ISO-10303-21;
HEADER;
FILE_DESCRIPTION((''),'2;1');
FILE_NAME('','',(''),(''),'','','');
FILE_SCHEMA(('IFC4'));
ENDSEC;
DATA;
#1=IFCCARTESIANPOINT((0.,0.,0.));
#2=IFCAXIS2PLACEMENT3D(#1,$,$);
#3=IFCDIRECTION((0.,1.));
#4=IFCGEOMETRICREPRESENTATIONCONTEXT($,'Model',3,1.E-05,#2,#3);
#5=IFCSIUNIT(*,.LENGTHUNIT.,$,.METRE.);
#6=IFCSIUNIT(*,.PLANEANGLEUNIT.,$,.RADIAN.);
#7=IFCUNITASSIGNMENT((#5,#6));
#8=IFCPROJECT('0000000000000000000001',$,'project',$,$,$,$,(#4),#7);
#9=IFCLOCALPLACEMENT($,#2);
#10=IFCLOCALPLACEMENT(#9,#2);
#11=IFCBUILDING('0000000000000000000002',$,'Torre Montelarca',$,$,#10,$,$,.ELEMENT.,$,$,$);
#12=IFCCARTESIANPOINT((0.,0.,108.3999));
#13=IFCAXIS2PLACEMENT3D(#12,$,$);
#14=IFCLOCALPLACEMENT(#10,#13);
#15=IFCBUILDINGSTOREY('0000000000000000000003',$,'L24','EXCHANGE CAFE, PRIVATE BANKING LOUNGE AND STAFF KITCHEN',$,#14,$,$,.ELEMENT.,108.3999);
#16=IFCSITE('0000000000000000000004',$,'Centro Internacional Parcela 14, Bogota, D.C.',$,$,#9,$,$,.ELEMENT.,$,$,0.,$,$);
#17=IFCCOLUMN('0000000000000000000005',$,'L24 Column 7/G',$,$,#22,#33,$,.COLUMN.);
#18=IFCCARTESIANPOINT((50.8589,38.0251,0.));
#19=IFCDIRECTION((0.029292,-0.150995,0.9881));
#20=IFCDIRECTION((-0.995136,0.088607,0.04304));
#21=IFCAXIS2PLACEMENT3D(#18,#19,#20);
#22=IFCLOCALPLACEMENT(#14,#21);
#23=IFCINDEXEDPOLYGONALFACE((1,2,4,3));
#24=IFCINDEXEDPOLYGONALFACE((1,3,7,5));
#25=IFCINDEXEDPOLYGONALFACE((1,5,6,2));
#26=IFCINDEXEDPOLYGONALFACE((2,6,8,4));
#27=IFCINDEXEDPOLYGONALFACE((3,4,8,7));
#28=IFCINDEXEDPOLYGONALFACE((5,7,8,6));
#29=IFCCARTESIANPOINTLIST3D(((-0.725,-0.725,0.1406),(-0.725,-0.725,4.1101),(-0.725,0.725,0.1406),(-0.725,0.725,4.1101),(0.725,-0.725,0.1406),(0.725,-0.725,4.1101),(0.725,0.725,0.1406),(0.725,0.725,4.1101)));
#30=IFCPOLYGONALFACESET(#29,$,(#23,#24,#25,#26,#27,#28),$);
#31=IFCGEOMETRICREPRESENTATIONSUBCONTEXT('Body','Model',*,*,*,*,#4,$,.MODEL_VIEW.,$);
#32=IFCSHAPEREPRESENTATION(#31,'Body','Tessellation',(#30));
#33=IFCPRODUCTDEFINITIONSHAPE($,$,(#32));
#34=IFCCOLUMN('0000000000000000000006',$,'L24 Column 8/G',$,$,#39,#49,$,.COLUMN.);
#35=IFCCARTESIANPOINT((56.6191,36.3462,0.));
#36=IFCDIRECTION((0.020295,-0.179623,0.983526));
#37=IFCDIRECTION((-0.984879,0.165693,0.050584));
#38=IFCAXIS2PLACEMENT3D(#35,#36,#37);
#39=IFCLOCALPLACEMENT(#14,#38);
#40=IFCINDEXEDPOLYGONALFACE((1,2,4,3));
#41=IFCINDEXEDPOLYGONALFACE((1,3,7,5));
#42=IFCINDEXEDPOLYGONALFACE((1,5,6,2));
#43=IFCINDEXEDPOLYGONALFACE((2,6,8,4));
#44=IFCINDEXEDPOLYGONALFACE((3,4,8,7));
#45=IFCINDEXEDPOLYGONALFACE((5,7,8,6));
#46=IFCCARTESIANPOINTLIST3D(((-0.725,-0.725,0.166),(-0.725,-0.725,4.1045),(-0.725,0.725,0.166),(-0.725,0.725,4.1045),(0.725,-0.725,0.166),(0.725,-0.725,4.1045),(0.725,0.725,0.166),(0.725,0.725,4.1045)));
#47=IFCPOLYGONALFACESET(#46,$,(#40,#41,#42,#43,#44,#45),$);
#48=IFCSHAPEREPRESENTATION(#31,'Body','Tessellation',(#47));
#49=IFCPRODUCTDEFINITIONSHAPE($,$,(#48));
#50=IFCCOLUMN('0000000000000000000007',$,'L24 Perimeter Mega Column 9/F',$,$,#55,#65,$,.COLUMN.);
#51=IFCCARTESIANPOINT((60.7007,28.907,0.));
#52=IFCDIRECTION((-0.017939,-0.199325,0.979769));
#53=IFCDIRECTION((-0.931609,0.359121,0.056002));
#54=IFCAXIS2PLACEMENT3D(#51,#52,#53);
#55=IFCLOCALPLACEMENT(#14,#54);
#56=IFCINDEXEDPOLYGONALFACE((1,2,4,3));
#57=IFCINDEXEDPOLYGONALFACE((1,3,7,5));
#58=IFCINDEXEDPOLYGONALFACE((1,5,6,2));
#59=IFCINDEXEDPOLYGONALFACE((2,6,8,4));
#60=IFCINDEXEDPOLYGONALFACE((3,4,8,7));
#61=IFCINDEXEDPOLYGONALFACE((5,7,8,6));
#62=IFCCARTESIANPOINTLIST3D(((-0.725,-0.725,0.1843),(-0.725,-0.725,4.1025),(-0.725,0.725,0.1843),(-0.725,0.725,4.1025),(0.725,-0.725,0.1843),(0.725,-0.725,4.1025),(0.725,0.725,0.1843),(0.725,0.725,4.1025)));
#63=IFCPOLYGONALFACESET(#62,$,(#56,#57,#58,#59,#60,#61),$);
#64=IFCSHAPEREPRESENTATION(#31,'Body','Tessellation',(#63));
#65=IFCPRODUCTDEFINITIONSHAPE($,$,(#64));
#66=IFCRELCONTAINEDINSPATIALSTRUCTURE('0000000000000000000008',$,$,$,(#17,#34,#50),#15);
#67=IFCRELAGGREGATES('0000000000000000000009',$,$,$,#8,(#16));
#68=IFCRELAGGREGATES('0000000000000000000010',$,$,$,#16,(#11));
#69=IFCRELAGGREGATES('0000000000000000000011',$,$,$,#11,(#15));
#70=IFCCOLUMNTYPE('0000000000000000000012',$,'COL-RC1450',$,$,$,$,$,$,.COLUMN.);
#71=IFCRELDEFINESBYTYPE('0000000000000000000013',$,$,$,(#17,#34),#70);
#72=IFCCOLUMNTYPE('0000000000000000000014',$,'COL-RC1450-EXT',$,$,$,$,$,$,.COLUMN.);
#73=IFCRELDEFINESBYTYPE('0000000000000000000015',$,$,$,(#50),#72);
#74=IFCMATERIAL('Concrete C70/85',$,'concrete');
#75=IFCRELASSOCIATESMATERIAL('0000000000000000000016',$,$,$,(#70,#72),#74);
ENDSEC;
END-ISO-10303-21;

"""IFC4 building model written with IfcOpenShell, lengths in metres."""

from ifc_helpers import new_model, si_unit, direction, frame, origin, origin_2d, place, context, subcontext, project, spatial, rectangle, extrude, clip, halfspace, material, material_profile, profile_set, type_object, element, save


model = new_model("IFC4")

# Units and contexts
model_context = context("Model", 3, precision=1e-05, world=origin(), true_north=direction((0.0, 1.0)))
body_context = subcontext(model_context, "Body", "Model", "MODEL_VIEW")
ifc_project = project(units=[si_unit("LENGTHUNIT", "METRE"), si_unit("PLANEANGLEUNIT", "RADIAN")], contexts=[model_context])

# Site, building, storey
site_placement = place(None, origin())
site = spatial("IfcSite", under=ifc_project, at=site_placement, Name="Centro Internacional Parcela 14, Bogota, D.C.", CompositionType="ELEMENT", RefElevation=0.0)
building_placement = place(site_placement, origin())
building = spatial("IfcBuilding", under=site, at=building_placement, Name="Torre Montelarca", CompositionType="ELEMENT")
storey_placement = place(building_placement, frame((0.0, 0.0, 108.3999)))
storey = spatial("IfcBuildingStorey", under=building, at=storey_placement, Name="L24", Description="EXCHANGE CAFE, PRIVATE BANKING LOUNGE AND STAFF KITCHEN", CompositionType="ELEMENT", Elevation=108.3999)

# Columns
ifc_material_1 = material(Name="Concrete C70/85", Category="concrete")
ifc_material_profile_1 = material_profile(ifc_material_1, rectangle(XDim=1.45, YDim=1.45, at=origin_2d()), Name="RC1450X1450", Category="concrete")
ifc_profile_set_1 = profile_set([ifc_material_profile_1], Name="Concrete C70/85")
column_type_1 = type_object("IfcColumnType", Name="COL-RC1450", PredefinedType="COLUMN", material=ifc_profile_set_1)
column_1_placement = place(storey_placement, frame((50.8589, 38.0251, 0.0), z_axis=(0.029292, -0.150995, 0.9881), x_axis=(-0.995136, 0.088607, 0.04304)))
element("IfcColumn", 1, at=column_1_placement, inside=storey, type_object=column_type_1, Name="L24 Column 7/G", PredefinedType="COLUMN", context=body_context, shape_type="Clipping", body=[
    clip(clip(extrude(rectangle(XDim=1.45, YDim=1.45, at=origin_2d()), origin(), (0.0, 0.0, 1.0), 4.2507), halfspace(frame((0.0, 0.0, 0.1406), z_axis=(0.0, 0.0, -1.0), x_axis=(1.0, 0.0, 0.0)), False)), halfspace(frame((0.0, 0.0, 4.1101), z_axis=(0.0, 0.0, 1.0), x_axis=(1.0, 0.0, 0.0)), False)),
])
column_2_placement = place(storey_placement, frame((56.6191, 36.3462, 0.0), z_axis=(0.020295, -0.179623, 0.983526), x_axis=(-0.984879, 0.165693, 0.050584)))
element("IfcColumn", 2, at=column_2_placement, inside=storey, type_object=column_type_1, Name="L24 Column 8/G", PredefinedType="COLUMN", context=body_context, shape_type="Clipping", body=[
    clip(clip(extrude(rectangle(XDim=1.45, YDim=1.45, at=origin_2d()), origin(), (0.0, 0.0, 1.0), 4.2705), halfspace(frame((0.0, 0.0, 0.166), z_axis=(0.0, 0.0, -1.0), x_axis=(1.0, 0.0, 0.0)), False)), halfspace(frame((0.0, 0.0, 4.1045), z_axis=(0.0, 0.0, 1.0), x_axis=(1.0, 0.0, 0.0)), False)),
])
ifc_material_profile_2 = material_profile(ifc_material_1, rectangle(XDim=1.45, YDim=1.45, at=origin_2d()), Name="RC1450X1450", Category="concrete")
ifc_profile_set_2 = profile_set([ifc_material_profile_2], Name="Concrete C70/85")
column_type_2 = type_object("IfcColumnType", Name="COL-RC1450-EXT", PredefinedType="COLUMN", material=ifc_profile_set_2)
column_3_placement = place(storey_placement, frame((60.7007, 28.907, 0.0), z_axis=(-0.017939, -0.199325, 0.979769), x_axis=(-0.931609, 0.359121, 0.056002)))
element("IfcColumn", 3, at=column_3_placement, inside=storey, type_object=column_type_2, Name="L24 Perimeter Mega Column 9/F", PredefinedType="COLUMN", context=body_context, shape_type="Clipping", body=[
    clip(clip(extrude(rectangle(XDim=1.45, YDim=1.45, at=origin_2d()), origin(), (0.0, 0.0, 1.0), 4.2869), halfspace(frame((0.0, 0.0, 0.1843), z_axis=(0.0, 0.0, -1.0), x_axis=(1.0, 0.0, 0.0)), False)), halfspace(frame((0.0, 0.0, 4.1025), z_axis=(0.0, 0.0, 1.0), x_axis=(1.0, 0.0, 0.0)), False)),
])

save(model, "model.ifc")
